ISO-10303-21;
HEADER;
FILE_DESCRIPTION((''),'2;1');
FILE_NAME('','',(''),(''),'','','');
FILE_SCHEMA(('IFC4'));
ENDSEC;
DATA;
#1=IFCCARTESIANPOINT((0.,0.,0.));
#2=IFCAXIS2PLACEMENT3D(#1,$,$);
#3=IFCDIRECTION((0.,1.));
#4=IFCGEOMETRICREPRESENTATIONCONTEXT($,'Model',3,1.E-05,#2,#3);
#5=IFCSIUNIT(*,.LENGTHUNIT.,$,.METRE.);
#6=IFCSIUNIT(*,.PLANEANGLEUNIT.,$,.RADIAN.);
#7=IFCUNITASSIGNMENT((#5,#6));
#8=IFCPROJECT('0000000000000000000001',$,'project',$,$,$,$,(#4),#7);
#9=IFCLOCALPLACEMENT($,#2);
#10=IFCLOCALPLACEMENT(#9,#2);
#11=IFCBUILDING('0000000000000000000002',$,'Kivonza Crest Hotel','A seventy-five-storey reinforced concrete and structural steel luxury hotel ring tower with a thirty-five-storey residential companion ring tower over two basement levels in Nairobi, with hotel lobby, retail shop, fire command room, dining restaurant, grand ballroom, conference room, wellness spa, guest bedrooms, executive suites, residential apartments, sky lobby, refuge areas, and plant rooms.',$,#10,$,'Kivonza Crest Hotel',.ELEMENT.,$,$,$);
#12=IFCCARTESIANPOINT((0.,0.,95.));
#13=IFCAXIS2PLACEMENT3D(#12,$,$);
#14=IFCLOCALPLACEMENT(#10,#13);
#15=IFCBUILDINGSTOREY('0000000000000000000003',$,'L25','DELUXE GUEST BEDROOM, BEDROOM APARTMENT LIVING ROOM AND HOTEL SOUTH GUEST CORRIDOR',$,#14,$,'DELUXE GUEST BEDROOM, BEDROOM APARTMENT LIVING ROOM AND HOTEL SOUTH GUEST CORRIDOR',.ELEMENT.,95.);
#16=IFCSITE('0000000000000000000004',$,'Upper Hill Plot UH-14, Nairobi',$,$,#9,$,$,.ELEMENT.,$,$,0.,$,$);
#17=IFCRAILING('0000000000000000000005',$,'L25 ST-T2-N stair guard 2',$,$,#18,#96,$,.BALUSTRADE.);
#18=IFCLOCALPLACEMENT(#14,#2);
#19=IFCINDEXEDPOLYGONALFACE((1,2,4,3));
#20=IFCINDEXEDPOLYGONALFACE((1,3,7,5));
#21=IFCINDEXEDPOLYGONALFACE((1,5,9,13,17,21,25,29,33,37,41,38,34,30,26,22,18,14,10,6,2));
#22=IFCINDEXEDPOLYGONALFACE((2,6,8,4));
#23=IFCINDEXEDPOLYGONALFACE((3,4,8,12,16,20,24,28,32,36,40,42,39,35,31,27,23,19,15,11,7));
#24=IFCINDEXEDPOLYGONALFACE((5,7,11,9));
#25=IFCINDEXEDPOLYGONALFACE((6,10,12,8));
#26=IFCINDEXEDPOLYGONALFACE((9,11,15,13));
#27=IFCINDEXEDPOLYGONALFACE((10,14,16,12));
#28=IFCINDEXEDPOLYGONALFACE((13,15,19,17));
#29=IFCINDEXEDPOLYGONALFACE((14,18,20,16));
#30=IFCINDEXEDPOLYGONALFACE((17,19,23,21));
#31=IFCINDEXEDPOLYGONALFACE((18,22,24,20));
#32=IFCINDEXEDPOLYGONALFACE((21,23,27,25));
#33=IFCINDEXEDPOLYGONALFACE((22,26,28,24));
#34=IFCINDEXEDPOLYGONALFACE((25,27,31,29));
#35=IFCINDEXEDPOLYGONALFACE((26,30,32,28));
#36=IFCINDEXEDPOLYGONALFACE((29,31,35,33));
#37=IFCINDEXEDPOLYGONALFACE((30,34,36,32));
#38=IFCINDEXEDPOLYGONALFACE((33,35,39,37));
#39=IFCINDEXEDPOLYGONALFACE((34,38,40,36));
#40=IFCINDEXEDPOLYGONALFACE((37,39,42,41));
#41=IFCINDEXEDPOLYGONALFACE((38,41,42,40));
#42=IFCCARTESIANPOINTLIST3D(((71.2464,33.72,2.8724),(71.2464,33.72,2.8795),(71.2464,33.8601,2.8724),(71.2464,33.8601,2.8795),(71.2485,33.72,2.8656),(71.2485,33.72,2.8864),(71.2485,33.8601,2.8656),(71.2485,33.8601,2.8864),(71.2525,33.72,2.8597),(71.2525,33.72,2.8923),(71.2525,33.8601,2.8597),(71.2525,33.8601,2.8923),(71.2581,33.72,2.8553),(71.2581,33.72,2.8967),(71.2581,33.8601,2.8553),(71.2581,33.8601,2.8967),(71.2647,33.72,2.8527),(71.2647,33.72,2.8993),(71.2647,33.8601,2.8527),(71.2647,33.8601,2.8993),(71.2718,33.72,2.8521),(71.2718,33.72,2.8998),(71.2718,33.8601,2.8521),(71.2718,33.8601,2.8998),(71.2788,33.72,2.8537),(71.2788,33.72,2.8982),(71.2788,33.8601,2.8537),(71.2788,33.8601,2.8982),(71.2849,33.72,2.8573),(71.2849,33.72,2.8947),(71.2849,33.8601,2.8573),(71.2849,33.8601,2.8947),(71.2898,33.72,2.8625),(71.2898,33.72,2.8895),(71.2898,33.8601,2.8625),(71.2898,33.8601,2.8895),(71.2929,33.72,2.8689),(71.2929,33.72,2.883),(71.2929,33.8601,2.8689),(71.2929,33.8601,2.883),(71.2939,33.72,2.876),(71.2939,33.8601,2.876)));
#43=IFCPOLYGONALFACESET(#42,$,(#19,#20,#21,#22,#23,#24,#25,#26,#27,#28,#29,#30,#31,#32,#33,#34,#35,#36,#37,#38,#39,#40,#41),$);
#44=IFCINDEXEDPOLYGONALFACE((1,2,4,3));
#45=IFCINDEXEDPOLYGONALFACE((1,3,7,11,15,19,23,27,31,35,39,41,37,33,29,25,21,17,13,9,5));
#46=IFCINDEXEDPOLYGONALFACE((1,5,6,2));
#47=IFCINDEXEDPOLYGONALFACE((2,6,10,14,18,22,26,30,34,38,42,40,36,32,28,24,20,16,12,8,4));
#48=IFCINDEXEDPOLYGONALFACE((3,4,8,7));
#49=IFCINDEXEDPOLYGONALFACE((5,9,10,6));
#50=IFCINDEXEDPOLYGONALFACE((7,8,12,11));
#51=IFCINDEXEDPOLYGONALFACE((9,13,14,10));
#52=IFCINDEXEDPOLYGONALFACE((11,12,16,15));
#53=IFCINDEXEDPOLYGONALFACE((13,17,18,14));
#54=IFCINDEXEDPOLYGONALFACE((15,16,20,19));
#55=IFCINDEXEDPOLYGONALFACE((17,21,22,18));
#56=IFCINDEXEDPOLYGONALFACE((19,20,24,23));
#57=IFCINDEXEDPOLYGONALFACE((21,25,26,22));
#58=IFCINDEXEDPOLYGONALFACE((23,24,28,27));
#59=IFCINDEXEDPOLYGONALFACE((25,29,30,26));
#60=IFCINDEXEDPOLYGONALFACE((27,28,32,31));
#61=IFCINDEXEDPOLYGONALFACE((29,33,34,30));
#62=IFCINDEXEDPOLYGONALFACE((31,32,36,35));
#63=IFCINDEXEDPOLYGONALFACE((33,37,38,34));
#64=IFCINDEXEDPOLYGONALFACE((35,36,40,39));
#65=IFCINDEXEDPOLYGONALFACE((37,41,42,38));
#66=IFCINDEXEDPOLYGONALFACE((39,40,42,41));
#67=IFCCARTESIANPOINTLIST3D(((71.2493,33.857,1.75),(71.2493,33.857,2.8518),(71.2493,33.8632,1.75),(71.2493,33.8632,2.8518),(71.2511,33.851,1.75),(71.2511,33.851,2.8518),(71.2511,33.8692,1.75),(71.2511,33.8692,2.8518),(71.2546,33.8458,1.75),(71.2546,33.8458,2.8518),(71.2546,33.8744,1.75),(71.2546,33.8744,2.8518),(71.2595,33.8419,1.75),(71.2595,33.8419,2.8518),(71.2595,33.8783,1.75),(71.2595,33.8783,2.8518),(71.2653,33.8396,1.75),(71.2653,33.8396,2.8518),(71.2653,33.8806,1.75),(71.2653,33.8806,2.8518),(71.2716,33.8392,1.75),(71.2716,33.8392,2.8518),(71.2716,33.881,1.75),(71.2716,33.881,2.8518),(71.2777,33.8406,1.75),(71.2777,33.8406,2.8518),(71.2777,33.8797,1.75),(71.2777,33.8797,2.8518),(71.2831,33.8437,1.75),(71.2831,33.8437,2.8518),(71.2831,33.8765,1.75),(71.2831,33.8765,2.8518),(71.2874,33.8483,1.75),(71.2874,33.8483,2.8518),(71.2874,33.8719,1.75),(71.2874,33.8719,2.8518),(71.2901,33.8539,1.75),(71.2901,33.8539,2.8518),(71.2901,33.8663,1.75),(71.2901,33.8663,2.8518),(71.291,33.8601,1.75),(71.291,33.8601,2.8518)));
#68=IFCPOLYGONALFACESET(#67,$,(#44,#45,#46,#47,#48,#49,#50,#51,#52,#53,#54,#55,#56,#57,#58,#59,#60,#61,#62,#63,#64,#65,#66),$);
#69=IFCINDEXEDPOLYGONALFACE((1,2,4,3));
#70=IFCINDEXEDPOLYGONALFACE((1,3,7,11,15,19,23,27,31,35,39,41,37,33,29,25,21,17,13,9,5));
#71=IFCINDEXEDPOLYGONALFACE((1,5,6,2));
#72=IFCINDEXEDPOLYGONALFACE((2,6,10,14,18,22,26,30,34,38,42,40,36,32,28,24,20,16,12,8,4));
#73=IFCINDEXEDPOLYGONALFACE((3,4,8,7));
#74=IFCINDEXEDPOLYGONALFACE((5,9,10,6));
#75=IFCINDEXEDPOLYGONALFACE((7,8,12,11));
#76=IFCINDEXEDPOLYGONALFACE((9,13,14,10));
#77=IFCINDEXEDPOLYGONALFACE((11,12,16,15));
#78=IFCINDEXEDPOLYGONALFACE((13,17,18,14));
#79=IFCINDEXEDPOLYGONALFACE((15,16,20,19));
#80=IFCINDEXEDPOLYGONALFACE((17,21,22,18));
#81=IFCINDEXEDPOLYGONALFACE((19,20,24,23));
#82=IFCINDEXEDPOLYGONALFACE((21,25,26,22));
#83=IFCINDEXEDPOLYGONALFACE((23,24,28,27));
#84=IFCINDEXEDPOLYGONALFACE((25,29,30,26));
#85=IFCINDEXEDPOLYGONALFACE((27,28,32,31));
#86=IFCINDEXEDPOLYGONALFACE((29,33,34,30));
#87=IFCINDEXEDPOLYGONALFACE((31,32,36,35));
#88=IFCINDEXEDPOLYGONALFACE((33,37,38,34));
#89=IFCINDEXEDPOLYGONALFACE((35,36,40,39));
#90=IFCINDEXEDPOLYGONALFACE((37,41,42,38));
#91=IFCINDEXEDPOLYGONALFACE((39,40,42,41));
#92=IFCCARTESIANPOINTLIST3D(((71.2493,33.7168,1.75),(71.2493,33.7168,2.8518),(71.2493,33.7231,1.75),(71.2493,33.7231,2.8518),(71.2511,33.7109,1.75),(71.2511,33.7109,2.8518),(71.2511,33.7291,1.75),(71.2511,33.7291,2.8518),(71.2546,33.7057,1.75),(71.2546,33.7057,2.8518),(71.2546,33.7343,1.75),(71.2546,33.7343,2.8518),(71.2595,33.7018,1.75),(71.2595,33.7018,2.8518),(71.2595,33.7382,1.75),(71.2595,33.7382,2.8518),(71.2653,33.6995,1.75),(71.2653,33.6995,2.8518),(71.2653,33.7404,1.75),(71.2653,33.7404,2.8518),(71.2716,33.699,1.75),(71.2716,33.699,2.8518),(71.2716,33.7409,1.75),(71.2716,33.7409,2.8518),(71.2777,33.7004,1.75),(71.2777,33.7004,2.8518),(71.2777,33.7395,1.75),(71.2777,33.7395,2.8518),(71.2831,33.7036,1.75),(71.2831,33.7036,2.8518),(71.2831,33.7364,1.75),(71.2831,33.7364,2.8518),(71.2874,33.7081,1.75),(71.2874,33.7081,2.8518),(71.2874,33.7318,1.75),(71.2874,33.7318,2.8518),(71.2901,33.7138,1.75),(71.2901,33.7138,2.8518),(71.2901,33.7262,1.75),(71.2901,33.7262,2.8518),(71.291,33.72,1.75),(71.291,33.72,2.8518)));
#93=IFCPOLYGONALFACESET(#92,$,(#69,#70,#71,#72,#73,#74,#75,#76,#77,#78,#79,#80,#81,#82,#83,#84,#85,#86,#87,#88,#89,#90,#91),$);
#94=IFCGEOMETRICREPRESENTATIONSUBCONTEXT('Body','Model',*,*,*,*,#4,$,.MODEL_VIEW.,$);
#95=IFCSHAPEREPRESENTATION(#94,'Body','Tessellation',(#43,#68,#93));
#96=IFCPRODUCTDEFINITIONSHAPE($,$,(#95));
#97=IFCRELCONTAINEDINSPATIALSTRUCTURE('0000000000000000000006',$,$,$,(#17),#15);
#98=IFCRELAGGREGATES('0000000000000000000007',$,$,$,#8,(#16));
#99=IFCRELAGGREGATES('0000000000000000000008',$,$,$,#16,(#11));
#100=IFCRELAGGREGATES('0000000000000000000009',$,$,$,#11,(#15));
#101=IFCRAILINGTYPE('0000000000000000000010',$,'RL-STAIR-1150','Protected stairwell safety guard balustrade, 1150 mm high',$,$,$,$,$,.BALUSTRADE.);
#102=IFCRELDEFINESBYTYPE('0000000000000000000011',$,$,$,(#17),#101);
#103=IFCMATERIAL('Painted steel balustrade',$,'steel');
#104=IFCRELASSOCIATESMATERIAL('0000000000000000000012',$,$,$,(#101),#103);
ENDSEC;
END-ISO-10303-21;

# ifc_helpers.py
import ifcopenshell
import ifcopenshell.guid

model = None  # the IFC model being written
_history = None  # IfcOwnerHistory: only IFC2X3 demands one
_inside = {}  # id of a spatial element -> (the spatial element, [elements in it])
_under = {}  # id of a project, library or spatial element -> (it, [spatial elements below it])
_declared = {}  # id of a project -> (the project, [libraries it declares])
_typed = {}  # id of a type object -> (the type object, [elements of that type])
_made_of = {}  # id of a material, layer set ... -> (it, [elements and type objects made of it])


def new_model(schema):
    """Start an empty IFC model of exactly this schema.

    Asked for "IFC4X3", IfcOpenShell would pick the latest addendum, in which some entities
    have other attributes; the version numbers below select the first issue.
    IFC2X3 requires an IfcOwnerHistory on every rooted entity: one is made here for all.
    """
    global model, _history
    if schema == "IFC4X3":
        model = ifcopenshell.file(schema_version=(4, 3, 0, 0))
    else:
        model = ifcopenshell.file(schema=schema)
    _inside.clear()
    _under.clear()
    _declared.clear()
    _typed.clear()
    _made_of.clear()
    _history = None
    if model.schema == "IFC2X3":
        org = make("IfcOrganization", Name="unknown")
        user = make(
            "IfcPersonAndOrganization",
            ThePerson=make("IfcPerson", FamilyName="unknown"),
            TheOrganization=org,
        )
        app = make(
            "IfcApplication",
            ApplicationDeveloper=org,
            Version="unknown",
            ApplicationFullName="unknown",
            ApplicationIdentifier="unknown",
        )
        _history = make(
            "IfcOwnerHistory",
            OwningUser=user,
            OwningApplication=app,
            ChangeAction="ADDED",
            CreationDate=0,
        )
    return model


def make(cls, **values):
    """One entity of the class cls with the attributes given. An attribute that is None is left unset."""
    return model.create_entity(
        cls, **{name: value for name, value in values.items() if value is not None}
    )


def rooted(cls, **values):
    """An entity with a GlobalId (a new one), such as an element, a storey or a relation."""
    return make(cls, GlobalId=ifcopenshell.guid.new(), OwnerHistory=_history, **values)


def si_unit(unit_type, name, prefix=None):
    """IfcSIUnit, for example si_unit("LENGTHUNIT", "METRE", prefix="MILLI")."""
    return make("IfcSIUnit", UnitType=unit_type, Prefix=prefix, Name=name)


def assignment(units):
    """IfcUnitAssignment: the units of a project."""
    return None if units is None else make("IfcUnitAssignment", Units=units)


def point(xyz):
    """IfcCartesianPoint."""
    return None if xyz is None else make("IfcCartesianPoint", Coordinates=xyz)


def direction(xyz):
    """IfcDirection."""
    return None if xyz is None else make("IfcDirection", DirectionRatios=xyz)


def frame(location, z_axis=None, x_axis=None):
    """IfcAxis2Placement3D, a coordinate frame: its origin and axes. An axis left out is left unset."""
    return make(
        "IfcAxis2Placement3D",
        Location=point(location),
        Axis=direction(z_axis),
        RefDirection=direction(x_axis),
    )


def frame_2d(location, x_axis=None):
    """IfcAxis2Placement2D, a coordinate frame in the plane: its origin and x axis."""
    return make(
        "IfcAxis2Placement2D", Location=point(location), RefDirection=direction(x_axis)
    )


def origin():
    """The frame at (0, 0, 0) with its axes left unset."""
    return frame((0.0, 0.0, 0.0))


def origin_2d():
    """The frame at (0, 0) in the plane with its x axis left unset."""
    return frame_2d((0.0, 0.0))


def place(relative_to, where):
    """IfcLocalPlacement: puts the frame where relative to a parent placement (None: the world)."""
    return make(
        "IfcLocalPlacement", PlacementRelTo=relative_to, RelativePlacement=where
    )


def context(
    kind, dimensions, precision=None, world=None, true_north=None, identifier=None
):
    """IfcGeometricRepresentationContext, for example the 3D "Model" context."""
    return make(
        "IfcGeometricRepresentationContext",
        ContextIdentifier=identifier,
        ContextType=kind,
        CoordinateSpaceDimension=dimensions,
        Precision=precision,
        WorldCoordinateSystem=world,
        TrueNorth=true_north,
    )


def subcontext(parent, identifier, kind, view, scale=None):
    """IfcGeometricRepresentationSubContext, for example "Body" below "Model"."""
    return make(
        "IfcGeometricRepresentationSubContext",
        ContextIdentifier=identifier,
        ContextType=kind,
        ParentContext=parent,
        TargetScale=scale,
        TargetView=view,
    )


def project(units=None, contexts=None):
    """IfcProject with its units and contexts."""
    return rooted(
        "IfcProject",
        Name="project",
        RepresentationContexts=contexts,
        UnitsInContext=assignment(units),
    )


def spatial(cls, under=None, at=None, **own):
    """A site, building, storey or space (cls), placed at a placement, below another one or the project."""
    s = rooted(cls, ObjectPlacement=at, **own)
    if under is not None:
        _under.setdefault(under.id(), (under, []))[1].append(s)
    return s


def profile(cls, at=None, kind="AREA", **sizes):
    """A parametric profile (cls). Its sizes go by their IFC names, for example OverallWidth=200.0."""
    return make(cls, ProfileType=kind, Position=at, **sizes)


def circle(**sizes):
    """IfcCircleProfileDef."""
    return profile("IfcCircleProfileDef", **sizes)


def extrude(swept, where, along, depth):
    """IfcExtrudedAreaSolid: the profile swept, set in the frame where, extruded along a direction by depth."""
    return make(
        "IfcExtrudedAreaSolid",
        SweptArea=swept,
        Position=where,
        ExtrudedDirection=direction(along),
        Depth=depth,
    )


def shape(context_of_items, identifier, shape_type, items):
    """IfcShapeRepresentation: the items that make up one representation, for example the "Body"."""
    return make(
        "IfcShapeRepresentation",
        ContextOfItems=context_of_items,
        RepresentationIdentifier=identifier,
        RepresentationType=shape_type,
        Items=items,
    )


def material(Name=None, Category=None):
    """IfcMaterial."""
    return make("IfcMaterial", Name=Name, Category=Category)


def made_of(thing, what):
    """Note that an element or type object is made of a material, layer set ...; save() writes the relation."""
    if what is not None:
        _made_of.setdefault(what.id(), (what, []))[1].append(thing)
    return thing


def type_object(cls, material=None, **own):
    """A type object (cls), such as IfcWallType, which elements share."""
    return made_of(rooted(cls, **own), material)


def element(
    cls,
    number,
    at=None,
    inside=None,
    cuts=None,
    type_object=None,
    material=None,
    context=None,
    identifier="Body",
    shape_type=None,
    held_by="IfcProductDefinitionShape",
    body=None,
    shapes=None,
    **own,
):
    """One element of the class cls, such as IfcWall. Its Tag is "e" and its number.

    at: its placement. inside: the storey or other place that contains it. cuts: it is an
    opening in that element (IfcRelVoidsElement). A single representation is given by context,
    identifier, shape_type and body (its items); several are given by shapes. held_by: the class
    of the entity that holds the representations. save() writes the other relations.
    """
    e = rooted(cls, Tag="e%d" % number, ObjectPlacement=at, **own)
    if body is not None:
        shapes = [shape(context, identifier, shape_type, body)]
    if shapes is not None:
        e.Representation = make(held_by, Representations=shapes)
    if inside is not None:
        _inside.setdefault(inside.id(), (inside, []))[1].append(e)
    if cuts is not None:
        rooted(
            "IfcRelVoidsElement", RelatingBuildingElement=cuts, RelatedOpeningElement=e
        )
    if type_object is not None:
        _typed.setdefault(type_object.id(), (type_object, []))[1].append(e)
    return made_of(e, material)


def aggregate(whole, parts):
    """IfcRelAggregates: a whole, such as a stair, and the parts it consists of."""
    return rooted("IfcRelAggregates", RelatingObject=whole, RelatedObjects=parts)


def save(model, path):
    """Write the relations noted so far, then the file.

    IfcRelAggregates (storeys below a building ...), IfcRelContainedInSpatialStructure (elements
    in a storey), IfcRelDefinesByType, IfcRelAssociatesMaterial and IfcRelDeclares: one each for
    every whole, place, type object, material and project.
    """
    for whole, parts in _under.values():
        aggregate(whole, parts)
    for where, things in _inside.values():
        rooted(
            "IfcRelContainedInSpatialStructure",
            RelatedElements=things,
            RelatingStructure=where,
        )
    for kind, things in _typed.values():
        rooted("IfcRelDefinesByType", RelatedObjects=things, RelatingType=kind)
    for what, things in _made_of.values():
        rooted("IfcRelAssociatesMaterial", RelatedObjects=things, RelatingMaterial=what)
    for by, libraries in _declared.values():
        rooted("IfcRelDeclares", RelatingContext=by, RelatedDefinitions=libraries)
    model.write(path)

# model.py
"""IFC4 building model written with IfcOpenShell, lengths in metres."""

from ifc_helpers import new_model, si_unit, direction, frame, origin, origin_2d, place, context, subcontext, project, spatial, circle, extrude, material, type_object, element, save


model = new_model("IFC4")

# Units and contexts
model_context = context("Model", 3, precision=1e-05, world=origin(), true_north=direction((0.0, 1.0)))
body_context = subcontext(model_context, "Body", "Model", "MODEL_VIEW")
ifc_project = project(units=[si_unit("LENGTHUNIT", "METRE"), si_unit("PLANEANGLEUNIT", "RADIAN")], contexts=[model_context])

# Site, building, storey
site_placement = place(None, origin())
site = spatial("IfcSite", under=ifc_project, at=site_placement, Name="Upper Hill Plot UH-14, Nairobi", CompositionType="ELEMENT", RefElevation=0.0)
building_placement = place(site_placement, origin())
building = spatial("IfcBuilding", under=site, at=building_placement, Name="Kivonza Crest Hotel", Description="A seventy-five-storey reinforced concrete and structural steel luxury hotel ring tower with a thirty-five-storey residential companion ring tower over two basement levels in Nairobi, with hotel lobby, retail shop, fire command room, dining restaurant, grand ballroom, conference room, wellness spa, guest bedrooms, executive suites, residential apartments, sky lobby, refuge areas, and plant rooms.", LongName="Kivonza Crest Hotel", CompositionType="ELEMENT")
storey_placement = place(building_placement, frame((0.0, 0.0, 95.0)))
storey = spatial("IfcBuildingStorey", under=building, at=storey_placement, Name="L25", Description="DELUXE GUEST BEDROOM, BEDROOM APARTMENT LIVING ROOM AND HOTEL SOUTH GUEST CORRIDOR", LongName="DELUXE GUEST BEDROOM, BEDROOM APARTMENT LIVING ROOM AND HOTEL SOUTH GUEST CORRIDOR", CompositionType="ELEMENT", Elevation=95.0)

# Railing
ifc_material_1 = material(Name="Painted steel balustrade", Category="steel")
railing_type_1 = type_object("IfcRailingType", Name="RL-STAIR-1150", Description="Protected stairwell safety guard balustrade, 1150 mm high", PredefinedType="BALUSTRADE", material=ifc_material_1)
railing_1_placement = place(storey_placement, frame((71.27, 33.8601, 1.75)))
element("IfcRailing", 1, at=railing_1_placement, inside=storey, type_object=railing_type_1, Name="L25 ST-T2-N stair guard 2", PredefinedType="BALUSTRADE", context=body_context, shape_type="SweptSolid", body=[
    extrude(circle(Radius=0.0239, at=origin_2d()), frame((0.0, 0.0, 1.126), z_axis=(0.0, -1.0, 0.0), x_axis=(1.0, 0.0, 0.0)), (0.0, 0.0, 1.0), 0.1401),
    extrude(circle(Radius=0.021, at=origin_2d()), origin(), (0.0, 0.0, 1.0), 1.1018),
    extrude(circle(Radius=0.021, at=origin_2d()), frame((0.0, -0.1401, 0.0)), (0.0, 0.0, 1.0), 1.1018),
])

save(model, "model.ifc")
